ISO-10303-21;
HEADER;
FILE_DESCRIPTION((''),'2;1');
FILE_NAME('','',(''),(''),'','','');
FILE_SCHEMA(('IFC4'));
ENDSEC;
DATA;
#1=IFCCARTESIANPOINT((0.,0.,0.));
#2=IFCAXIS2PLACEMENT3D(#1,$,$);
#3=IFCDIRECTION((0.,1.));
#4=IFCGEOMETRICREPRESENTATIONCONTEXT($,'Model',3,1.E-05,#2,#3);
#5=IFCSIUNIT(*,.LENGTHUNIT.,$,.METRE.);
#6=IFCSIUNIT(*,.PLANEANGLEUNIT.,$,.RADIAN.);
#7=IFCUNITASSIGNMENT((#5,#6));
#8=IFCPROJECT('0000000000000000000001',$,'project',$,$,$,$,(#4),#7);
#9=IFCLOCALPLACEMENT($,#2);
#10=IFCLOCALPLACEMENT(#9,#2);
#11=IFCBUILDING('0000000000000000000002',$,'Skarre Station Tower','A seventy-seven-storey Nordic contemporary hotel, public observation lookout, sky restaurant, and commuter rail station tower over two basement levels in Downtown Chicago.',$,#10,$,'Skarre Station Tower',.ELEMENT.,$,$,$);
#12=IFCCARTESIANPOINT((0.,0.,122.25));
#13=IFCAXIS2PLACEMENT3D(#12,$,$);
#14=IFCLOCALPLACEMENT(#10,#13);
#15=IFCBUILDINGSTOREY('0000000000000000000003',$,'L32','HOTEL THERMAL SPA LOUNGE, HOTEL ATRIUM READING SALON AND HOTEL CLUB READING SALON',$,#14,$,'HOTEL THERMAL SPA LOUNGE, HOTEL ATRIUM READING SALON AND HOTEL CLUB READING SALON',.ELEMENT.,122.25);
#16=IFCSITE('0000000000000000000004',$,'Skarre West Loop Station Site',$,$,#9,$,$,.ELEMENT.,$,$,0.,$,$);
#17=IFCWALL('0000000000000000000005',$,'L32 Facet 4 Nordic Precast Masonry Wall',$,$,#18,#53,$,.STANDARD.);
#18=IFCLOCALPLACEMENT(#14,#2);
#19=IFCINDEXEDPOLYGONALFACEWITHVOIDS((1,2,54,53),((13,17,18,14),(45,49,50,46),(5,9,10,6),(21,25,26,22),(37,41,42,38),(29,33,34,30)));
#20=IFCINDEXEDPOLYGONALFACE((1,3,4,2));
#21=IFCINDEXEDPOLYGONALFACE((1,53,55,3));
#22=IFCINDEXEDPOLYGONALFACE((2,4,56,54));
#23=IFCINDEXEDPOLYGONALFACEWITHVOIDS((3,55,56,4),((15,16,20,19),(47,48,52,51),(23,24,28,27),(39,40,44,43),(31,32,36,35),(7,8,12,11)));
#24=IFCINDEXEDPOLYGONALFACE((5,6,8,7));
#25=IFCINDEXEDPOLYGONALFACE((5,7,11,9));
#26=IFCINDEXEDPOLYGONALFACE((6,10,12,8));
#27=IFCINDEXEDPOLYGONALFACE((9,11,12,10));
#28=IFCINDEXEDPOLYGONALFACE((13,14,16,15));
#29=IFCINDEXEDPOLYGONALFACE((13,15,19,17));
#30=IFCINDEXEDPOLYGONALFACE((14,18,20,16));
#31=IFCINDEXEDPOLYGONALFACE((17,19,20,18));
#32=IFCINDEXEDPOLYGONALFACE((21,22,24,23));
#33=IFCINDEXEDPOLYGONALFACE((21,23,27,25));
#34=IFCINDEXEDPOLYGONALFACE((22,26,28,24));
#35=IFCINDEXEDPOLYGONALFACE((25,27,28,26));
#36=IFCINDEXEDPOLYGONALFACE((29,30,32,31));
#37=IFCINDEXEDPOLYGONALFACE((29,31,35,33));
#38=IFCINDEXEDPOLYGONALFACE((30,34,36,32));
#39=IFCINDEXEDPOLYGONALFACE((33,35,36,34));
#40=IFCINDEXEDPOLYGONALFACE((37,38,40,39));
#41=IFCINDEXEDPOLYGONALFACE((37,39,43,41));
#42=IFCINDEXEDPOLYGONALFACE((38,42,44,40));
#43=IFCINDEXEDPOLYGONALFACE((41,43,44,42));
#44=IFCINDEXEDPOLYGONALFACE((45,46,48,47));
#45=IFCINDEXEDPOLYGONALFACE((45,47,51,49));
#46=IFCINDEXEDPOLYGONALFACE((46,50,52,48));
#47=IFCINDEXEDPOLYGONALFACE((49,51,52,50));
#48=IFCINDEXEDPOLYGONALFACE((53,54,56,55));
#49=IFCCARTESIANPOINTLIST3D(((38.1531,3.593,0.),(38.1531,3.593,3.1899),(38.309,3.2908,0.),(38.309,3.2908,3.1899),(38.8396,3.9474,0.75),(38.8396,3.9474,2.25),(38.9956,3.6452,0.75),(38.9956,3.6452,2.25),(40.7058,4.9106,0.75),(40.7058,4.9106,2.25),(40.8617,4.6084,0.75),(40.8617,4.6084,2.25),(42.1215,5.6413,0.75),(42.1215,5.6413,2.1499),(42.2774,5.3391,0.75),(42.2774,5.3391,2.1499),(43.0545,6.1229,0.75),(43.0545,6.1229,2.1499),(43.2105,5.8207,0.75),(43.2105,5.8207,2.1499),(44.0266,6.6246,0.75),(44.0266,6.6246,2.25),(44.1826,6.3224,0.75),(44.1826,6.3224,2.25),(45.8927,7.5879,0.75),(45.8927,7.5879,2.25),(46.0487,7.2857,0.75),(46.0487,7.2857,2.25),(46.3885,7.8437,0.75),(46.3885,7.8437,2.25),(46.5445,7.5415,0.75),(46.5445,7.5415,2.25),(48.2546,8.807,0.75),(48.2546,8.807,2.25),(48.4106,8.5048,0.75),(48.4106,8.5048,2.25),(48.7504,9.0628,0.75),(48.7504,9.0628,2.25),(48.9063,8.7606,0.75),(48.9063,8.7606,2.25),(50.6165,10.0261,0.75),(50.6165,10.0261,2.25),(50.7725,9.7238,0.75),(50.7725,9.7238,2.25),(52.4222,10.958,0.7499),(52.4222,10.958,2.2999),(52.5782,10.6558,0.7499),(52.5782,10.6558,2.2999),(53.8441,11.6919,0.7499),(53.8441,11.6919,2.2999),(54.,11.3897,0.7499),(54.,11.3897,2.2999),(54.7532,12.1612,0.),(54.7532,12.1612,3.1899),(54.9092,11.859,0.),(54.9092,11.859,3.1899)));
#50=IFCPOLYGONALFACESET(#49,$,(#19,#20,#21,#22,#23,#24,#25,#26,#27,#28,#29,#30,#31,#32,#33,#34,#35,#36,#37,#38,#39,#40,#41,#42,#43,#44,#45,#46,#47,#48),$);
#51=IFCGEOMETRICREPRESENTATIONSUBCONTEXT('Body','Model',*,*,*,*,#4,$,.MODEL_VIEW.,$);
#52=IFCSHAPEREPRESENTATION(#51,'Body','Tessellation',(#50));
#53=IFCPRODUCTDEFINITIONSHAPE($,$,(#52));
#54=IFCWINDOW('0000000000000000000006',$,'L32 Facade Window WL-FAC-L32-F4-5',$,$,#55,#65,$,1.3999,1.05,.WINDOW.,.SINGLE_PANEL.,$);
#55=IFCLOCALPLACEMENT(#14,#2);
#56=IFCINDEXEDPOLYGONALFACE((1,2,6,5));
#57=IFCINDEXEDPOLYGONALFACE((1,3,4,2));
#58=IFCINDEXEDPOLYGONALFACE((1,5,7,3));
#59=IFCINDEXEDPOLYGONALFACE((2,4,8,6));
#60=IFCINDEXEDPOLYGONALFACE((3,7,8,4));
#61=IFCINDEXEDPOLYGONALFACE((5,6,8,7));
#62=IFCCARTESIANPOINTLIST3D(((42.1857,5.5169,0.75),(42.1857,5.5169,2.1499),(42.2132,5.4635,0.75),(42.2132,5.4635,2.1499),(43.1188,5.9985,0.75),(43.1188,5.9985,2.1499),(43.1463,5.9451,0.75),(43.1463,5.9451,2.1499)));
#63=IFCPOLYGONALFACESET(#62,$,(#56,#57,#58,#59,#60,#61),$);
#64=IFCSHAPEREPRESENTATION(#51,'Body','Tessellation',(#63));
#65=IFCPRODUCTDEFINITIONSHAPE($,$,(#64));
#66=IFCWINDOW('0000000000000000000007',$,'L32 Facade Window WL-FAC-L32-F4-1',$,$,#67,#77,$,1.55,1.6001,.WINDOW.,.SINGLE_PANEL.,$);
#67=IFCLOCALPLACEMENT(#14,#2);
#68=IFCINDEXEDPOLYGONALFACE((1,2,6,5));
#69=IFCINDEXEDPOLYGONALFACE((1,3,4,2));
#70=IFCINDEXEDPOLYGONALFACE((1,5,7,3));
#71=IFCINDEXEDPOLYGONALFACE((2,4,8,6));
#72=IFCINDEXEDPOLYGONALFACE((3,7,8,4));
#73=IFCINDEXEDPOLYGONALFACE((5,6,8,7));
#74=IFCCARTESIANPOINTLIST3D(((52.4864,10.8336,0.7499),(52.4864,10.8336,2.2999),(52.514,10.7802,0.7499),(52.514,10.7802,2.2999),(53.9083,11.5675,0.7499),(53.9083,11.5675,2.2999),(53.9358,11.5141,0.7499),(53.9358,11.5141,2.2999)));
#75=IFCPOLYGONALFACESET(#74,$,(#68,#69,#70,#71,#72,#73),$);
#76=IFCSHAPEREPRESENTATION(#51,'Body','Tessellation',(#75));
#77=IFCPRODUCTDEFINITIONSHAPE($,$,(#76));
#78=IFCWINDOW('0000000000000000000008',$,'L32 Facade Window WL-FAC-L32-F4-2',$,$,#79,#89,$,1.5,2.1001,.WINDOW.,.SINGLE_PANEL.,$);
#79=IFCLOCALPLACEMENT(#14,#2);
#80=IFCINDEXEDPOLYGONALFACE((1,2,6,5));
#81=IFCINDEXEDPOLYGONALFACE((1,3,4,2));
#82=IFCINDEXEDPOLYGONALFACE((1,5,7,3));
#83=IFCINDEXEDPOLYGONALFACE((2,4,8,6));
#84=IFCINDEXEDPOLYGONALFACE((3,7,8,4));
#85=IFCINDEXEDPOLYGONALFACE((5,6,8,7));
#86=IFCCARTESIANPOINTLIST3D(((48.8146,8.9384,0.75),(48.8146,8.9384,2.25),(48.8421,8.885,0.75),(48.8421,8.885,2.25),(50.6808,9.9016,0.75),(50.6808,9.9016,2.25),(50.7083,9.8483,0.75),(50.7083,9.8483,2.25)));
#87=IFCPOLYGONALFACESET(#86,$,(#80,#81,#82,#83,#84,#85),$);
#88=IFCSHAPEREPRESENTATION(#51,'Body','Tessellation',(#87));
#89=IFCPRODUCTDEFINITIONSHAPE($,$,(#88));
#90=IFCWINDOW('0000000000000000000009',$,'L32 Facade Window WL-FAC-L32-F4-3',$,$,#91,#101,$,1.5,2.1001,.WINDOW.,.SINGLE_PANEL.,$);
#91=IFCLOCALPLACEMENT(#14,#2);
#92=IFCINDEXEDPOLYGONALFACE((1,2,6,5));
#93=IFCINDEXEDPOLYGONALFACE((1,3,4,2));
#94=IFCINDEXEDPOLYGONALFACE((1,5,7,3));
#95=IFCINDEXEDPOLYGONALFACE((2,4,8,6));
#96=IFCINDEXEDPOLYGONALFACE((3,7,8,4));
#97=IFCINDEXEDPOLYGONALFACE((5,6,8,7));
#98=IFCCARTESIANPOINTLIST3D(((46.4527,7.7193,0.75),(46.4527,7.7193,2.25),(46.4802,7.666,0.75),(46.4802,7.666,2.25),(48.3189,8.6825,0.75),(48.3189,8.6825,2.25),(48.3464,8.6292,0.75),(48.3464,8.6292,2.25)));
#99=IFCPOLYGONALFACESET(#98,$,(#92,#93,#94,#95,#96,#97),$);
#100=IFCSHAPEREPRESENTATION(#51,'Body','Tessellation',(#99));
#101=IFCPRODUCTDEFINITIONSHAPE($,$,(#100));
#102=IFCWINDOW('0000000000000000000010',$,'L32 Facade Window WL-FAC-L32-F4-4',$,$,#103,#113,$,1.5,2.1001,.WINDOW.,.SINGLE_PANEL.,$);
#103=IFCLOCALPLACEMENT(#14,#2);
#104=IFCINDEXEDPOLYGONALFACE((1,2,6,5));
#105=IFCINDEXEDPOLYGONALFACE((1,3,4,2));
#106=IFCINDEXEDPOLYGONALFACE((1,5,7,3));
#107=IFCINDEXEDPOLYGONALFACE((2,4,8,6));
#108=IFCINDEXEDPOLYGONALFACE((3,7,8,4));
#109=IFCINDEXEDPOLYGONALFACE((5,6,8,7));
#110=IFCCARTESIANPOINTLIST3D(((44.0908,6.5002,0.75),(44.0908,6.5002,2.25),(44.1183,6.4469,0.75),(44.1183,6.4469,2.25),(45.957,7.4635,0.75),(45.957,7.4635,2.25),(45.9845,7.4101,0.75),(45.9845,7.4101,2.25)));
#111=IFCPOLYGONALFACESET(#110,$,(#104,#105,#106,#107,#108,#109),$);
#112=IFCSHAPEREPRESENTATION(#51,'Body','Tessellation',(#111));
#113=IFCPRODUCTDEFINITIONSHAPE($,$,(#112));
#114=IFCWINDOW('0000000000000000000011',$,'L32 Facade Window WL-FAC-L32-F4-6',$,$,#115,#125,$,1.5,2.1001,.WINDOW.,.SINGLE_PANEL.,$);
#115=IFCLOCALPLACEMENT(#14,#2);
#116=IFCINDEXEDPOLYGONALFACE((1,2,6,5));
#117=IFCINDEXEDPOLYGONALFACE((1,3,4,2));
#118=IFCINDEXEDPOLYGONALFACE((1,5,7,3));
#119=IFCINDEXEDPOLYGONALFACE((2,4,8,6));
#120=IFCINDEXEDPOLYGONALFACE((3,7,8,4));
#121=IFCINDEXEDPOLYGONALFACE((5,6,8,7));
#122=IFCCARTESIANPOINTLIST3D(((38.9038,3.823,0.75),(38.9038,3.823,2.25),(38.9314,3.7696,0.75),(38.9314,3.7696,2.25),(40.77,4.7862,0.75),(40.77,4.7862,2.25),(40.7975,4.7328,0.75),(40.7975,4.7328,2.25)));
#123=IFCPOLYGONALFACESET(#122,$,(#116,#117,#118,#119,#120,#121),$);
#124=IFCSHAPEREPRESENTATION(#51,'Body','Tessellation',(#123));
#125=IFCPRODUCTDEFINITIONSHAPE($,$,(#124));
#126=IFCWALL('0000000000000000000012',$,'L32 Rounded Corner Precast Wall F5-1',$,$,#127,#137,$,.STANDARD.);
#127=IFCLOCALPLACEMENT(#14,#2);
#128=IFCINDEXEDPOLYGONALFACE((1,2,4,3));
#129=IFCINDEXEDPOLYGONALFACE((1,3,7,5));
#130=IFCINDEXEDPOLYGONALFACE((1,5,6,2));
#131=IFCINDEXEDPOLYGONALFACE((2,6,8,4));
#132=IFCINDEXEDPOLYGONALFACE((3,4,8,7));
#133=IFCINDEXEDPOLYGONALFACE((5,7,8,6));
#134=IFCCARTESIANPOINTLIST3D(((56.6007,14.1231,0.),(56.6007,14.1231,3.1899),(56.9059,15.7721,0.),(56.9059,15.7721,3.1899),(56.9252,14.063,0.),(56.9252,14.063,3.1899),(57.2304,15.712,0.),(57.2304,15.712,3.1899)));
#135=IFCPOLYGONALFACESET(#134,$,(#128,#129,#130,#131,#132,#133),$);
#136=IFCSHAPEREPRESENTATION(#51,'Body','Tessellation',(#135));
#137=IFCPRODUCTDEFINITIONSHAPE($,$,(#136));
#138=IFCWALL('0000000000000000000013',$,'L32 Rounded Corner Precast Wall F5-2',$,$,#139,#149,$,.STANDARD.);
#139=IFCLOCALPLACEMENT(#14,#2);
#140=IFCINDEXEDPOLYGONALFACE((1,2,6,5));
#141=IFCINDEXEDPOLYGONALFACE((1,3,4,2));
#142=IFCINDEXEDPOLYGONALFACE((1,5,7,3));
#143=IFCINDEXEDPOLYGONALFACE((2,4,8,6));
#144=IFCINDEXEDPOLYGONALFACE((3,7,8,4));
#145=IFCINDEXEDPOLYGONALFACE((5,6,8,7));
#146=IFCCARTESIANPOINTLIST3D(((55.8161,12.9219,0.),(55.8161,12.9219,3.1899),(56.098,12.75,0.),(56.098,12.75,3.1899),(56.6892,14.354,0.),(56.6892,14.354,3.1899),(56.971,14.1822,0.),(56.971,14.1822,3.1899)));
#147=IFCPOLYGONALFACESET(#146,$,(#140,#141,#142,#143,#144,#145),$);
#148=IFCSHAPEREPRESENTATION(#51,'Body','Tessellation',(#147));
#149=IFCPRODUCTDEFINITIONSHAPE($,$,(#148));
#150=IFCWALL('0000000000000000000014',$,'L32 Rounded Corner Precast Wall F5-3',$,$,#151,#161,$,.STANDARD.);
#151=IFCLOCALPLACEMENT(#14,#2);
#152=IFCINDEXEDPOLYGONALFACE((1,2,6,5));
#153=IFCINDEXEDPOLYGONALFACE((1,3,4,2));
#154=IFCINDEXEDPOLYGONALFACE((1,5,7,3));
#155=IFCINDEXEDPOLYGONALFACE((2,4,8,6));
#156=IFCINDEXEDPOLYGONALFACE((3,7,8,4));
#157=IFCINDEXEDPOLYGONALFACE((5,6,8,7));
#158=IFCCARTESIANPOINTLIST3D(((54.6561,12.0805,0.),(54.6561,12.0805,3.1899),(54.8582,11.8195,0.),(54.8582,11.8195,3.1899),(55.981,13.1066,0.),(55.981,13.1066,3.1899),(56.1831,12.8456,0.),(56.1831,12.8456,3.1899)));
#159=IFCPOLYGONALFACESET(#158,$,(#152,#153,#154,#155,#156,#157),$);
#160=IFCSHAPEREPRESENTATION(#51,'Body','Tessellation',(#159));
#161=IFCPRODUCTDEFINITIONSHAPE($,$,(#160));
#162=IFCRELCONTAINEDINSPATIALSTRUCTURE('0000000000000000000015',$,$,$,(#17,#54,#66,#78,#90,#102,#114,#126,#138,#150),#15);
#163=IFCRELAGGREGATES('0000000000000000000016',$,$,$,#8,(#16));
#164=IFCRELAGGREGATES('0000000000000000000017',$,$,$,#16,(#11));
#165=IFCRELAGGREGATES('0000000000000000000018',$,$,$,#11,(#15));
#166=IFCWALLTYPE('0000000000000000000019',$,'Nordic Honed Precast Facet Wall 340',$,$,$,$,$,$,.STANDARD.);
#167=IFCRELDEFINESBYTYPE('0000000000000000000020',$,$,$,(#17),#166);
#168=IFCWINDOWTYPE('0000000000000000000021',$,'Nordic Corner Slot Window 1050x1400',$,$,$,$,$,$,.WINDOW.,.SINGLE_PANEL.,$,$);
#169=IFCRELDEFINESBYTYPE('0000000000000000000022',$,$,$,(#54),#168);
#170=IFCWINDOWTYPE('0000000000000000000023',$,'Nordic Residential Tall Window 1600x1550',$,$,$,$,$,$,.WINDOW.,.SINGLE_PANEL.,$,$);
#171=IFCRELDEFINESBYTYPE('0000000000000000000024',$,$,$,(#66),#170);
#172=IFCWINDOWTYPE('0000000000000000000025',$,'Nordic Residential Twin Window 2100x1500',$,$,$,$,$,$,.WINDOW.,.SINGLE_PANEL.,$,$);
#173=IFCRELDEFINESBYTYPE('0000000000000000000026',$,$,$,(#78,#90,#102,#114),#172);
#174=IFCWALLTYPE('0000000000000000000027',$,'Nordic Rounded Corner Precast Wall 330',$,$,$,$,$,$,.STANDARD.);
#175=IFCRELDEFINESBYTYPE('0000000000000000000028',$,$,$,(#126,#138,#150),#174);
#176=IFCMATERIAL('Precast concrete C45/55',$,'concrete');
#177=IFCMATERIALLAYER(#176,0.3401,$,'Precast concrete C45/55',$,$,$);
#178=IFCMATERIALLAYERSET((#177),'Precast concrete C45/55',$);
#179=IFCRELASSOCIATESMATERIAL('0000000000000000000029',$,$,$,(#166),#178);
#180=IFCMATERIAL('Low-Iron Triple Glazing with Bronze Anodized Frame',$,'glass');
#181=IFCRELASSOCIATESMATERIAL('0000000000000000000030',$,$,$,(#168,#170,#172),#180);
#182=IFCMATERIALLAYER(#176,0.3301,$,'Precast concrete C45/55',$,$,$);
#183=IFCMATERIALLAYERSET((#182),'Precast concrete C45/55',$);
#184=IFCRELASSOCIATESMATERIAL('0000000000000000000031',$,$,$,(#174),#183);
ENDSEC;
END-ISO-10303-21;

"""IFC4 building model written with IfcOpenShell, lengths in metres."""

from ifc_helpers import new_model, si_unit, direction, frame, frame_2d, origin, place, context, subcontext, project, spatial, rectangle, extrude, material, layer, layer_set, type_object, element, fill, save


model = new_model("IFC4")

# Units and contexts
model_context = context("Model", 3, precision=1e-05, world=origin(), true_north=direction((0.0, 1.0)))
body_context = subcontext(model_context, "Body", "Model", "MODEL_VIEW")
ifc_project = project(units=[si_unit("LENGTHUNIT", "METRE"), si_unit("PLANEANGLEUNIT", "RADIAN")], contexts=[model_context])

# Site, building, storey
site_placement = place(None, origin())
site = spatial("IfcSite", under=ifc_project, at=site_placement, Name="Skarre West Loop Station Site", CompositionType="ELEMENT", RefElevation=0.0)
building_placement = place(site_placement, origin())
building = spatial("IfcBuilding", under=site, at=building_placement, Name="Skarre Station Tower", Description="A seventy-seven-storey Nordic contemporary hotel, public observation lookout, sky restaurant, and commuter rail station tower over two basement levels in Downtown Chicago.", LongName="Skarre Station Tower", CompositionType="ELEMENT")
storey_placement = place(building_placement, frame((0.0, 0.0, 122.25)))
storey = spatial("IfcBuildingStorey", under=building, at=storey_placement, Name="L32", Description="HOTEL THERMAL SPA LOUNGE, HOTEL ATRIUM READING SALON AND HOTEL CLUB READING SALON", LongName="HOTEL THERMAL SPA LOUNGE, HOTEL ATRIUM READING SALON AND HOTEL CLUB READING SALON", CompositionType="ELEMENT", Elevation=122.25)

# Wall, openings, windows
ifc_material_1 = material(Name="Precast concrete C45/55", Category="concrete")
ifc_layer_1 = layer(ifc_material_1, 0.3401, Name="Precast concrete C45/55")
ifc_layer_set_1 = layer_set([ifc_layer_1], Name="Precast concrete C45/55")
wall_type_1 = type_object("IfcWallType", Name="Nordic Honed Precast Facet Wall 340", PredefinedType="STANDARD", material=ifc_layer_set_1)
wall_1_placement = place(storey_placement, frame((54.8311, 12.01, 0.0), z_axis=(0.0, 0.0, 1.0), x_axis=(-0.888614, -0.458657, 0.0)))
wall_1 = element("IfcWall", 1, at=wall_1_placement, inside=storey, type_object=wall_type_1, Name="L32 Facet 4 Nordic Precast Masonry Wall", PredefinedType="STANDARD", context=body_context, shape_type="SweptSolid", body=[
    extrude(rectangle(XDim=18.6809, YDim=0.3401, at=frame_2d((9.3403, 0.0))), origin(), (0.0, 0.0, 1.0), 3.1899),
])
opening_1_placement = place(wall_1_placement, frame((1.0229, 0.0, 0.75)))
opening_1 = element("IfcOpeningElement", 2, at=opening_1_placement, cuts=wall_1, PredefinedType="OPENING", context=body_context, shape_type="SweptSolid", body=[
    extrude(rectangle(XDim=1.6001, YDim=1.55, at=frame_2d((0.8, 0.7749))), frame((0.0, 0.1799, 0.0), z_axis=(0.0, -1.0, 0.0), x_axis=(1.0, 0.0, 0.0)), (0.0, 0.0, 1.0), 0.3601),
])
opening_2_placement = place(wall_1_placement, frame((4.655, 0.0, 0.75)))
opening_2 = element("IfcOpeningElement", 3, at=opening_2_placement, cuts=wall_1, PredefinedType="OPENING", context=body_context, shape_type="SweptSolid", body=[
    extrude(rectangle(XDim=2.1001, YDim=1.5, at=frame_2d((1.05, 0.75))), frame((0.0, 0.1799, 0.0), z_axis=(0.0, -1.0, 0.0), x_axis=(1.0, 0.0, 0.0)), (0.0, 0.0, 1.0), 0.3601),
])
opening_3_placement = place(wall_1_placement, frame((7.313, 0.0, 0.75)))
opening_3 = element("IfcOpeningElement", 4, at=opening_3_placement, cuts=wall_1, PredefinedType="OPENING", context=body_context, shape_type="SweptSolid", body=[
    extrude(rectangle(XDim=2.1001, YDim=1.5, at=frame_2d((1.05, 0.75))), frame((0.0, 0.1799, 0.0), z_axis=(0.0, -1.0, 0.0), x_axis=(1.0, 0.0, 0.0)), (0.0, 0.0, 1.0), 0.3601),
])
opening_4_placement = place(wall_1_placement, frame((9.9709, 0.0, 0.75)))
opening_4 = element("IfcOpeningElement", 5, at=opening_4_placement, cuts=wall_1, PredefinedType="OPENING", context=body_context, shape_type="SweptSolid", body=[
    extrude(rectangle(XDim=2.1001, YDim=1.5, at=frame_2d((1.05, 0.75))), frame((0.0, 0.1799, 0.0), z_axis=(0.0, -1.0, 0.0), x_axis=(1.0, 0.0, 0.0)), (0.0, 0.0, 1.0), 0.3601),
])
opening_5_placement = place(wall_1_placement, frame((13.165, 0.0, 0.75)))
opening_5 = element("IfcOpeningElement", 6, at=opening_5_placement, cuts=wall_1, PredefinedType="OPENING", context=body_context, shape_type="SweptSolid", body=[
    extrude(rectangle(XDim=1.05, YDim=1.3999, at=frame_2d((0.5249, 0.7))), frame((0.0, 0.1799, 0.0), z_axis=(0.0, -1.0, 0.0), x_axis=(1.0, 0.0, 0.0)), (0.0, 0.0, 1.0), 0.3601),
])
opening_6_placement = place(wall_1_placement, frame((15.8081, 0.0, 0.75)))
opening_6 = element("IfcOpeningElement", 7, at=opening_6_placement, cuts=wall_1, PredefinedType="OPENING", context=body_context, shape_type="SweptSolid", body=[
    extrude(rectangle(XDim=2.1001, YDim=1.5, at=frame_2d((1.05, 0.75))), frame((0.0, 0.1799, 0.0), z_axis=(0.0, -1.0, 0.0), x_axis=(1.0, 0.0, 0.0)), (0.0, 0.0, 1.0), 0.3601),
])
ifc_material_2 = material(Name="Low-Iron Triple Glazing with Bronze Anodized Frame", Category="glass")
window_type_1 = type_object("IfcWindowType", Name="Nordic Corner Slot Window 1050x1400", PartitioningType="SINGLE_PANEL", PredefinedType="WINDOW", material=ifc_material_2)
window_1_placement = place(opening_5_placement, origin())
window_1 = element("IfcWindow", 8, at=window_1_placement, inside=storey, type_object=window_type_1, Name="L32 Facade Window WL-FAC-L32-F4-5", OverallHeight=1.3999, OverallWidth=1.05, PartitioningType="SINGLE_PANEL", PredefinedType="WINDOW", context=body_context, shape_type="SweptSolid", body=[
    extrude(rectangle(XDim=1.05, YDim=1.3999, at=frame_2d((0.5249, 0.7))), frame((0.0, 0.03, 0.0), z_axis=(0.0, -1.0, 0.0), x_axis=(1.0, 0.0, 0.0)), (0.0, 0.0, 1.0), 0.0601),
])
fill(opening_5, window_1)
window_type_2 = type_object("IfcWindowType", Name="Nordic Residential Tall Window 1600x1550", PartitioningType="SINGLE_PANEL", PredefinedType="WINDOW", material=ifc_material_2)
window_2_placement = place(opening_1_placement, origin())
window_2 = element("IfcWindow", 9, at=window_2_placement, inside=storey, type_object=window_type_2, Name="L32 Facade Window WL-FAC-L32-F4-1", OverallHeight=1.55, OverallWidth=1.6001, PartitioningType="SINGLE_PANEL", PredefinedType="WINDOW", context=body_context, shape_type="SweptSolid", body=[
    extrude(rectangle(XDim=1.6001, YDim=1.55, at=frame_2d((0.8, 0.7749))), frame((0.0, 0.03, 0.0), z_axis=(0.0, -1.0, 0.0), x_axis=(1.0, 0.0, 0.0)), (0.0, 0.0, 1.0), 0.0601),
])
fill(opening_1, window_2)
window_type_3 = type_object("IfcWindowType", Name="Nordic Residential Twin Window 2100x1500", PartitioningType="SINGLE_PANEL", PredefinedType="WINDOW", material=ifc_material_2)
window_3_placement = place(opening_2_placement, origin())
window_3 = element("IfcWindow", 10, at=window_3_placement, inside=storey, type_object=window_type_3, Name="L32 Facade Window WL-FAC-L32-F4-2", OverallHeight=1.5, OverallWidth=2.1001, PartitioningType="SINGLE_PANEL", PredefinedType="WINDOW", context=body_context, shape_type="SweptSolid", body=[
    extrude(rectangle(XDim=2.1001, YDim=1.5, at=frame_2d((1.05, 0.75))), frame((0.0, 0.03, 0.0), z_axis=(0.0, -1.0, 0.0), x_axis=(1.0, 0.0, 0.0)), (0.0, 0.0, 1.0), 0.0601),
])
fill(opening_2, window_3)
window_4_placement = place(opening_3_placement, origin())
window_4 = element("IfcWindow", 11, at=window_4_placement, inside=storey, type_object=window_type_3, Name="L32 Facade Window WL-FAC-L32-F4-3", OverallHeight=1.5, OverallWidth=2.1001, PartitioningType="SINGLE_PANEL", PredefinedType="WINDOW", context=body_context, shape_type="SweptSolid", body=[
    extrude(rectangle(XDim=2.1001, YDim=1.5, at=frame_2d((1.05, 0.75))), frame((0.0, 0.03, 0.0), z_axis=(0.0, -1.0, 0.0), x_axis=(1.0, 0.0, 0.0)), (0.0, 0.0, 1.0), 0.0601),
])
fill(opening_3, window_4)
window_5_placement = place(opening_4_placement, origin())
window_5 = element("IfcWindow", 12, at=window_5_placement, inside=storey, type_object=window_type_3, Name="L32 Facade Window WL-FAC-L32-F4-4", OverallHeight=1.5, OverallWidth=2.1001, PartitioningType="SINGLE_PANEL", PredefinedType="WINDOW", context=body_context, shape_type="SweptSolid", body=[
    extrude(rectangle(XDim=2.1001, YDim=1.5, at=frame_2d((1.05, 0.75))), frame((0.0, 0.03, 0.0), z_axis=(0.0, -1.0, 0.0), x_axis=(1.0, 0.0, 0.0)), (0.0, 0.0, 1.0), 0.0601),
])
fill(opening_4, window_5)
window_6_placement = place(opening_6_placement, origin())
window_6 = element("IfcWindow", 13, at=window_6_placement, inside=storey, type_object=window_type_3, Name="L32 Facade Window WL-FAC-L32-F4-6", OverallHeight=1.5, OverallWidth=2.1001, PartitioningType="SINGLE_PANEL", PredefinedType="WINDOW", context=body_context, shape_type="SweptSolid", body=[
    extrude(rectangle(XDim=2.1001, YDim=1.5, at=frame_2d((1.05, 0.75))), frame((0.0, 0.03, 0.0), z_axis=(0.0, -1.0, 0.0), x_axis=(1.0, 0.0, 0.0)), (0.0, 0.0, 1.0), 0.0601),
])
fill(opening_6, window_6)

# Walls
ifc_layer_2 = layer(ifc_material_1, 0.3301, Name="Precast concrete C45/55")
ifc_layer_set_2 = layer_set([ifc_layer_2], Name="Precast concrete C45/55")
wall_type_2 = type_object("IfcWallType", Name="Nordic Rounded Corner Precast Wall 330", PredefinedType="STANDARD", material=ifc_layer_set_2)
wall_2_placement = place(storey_placement, frame((57.0681, 15.7419, 0.0), z_axis=(0.0, 0.0, 1.0), x_axis=(-0.181985, -0.983301, 0.0)))
element("IfcWall", 14, at=wall_2_placement, inside=storey, type_object=wall_type_2, Name="L32 Rounded Corner Precast Wall F5-1", PredefinedType="STANDARD", context=body_context, shape_type="SweptSolid", body=[
    extrude(rectangle(XDim=1.677, YDim=0.3301, at=frame_2d((0.8384, 0.0))), origin(), (0.0, 0.0, 1.0), 3.1899),
])
wall_3_placement = place(storey_placement, frame((56.8301, 14.2681, 0.0), z_axis=(0.0, 0.0, 1.0), x_axis=(-0.520519, -0.85385, 0.0)))
element("IfcWall", 15, at=wall_3_placement, inside=storey, type_object=wall_type_2, Name="L32 Rounded Corner Precast Wall F5-2", PredefinedType="STANDARD", context=body_context, shape_type="SweptSolid", body=[
    extrude(rectangle(XDim=1.6772, YDim=0.3301, at=frame_2d((0.8386, 0.0))), origin(), (0.0, 0.0, 1.0), 3.1899),
])
wall_4_placement = place(storey_placement, frame((56.082, 12.9761, 0.0), z_axis=(0.0, 0.0, 1.0), x_axis=(-0.790621, -0.612305, 0.0)))
element("IfcWall", 16, at=wall_4_placement, inside=storey, type_object=wall_type_2, Name="L32 Rounded Corner Precast Wall F5-3", PredefinedType="STANDARD", context=body_context, shape_type="SweptSolid", body=[
    extrude(rectangle(XDim=1.6758, YDim=0.3301, at=frame_2d((0.8379, 0.0))), origin(), (0.0, 0.0, 1.0), 3.1899),
])

save(model, "model.ifc")
